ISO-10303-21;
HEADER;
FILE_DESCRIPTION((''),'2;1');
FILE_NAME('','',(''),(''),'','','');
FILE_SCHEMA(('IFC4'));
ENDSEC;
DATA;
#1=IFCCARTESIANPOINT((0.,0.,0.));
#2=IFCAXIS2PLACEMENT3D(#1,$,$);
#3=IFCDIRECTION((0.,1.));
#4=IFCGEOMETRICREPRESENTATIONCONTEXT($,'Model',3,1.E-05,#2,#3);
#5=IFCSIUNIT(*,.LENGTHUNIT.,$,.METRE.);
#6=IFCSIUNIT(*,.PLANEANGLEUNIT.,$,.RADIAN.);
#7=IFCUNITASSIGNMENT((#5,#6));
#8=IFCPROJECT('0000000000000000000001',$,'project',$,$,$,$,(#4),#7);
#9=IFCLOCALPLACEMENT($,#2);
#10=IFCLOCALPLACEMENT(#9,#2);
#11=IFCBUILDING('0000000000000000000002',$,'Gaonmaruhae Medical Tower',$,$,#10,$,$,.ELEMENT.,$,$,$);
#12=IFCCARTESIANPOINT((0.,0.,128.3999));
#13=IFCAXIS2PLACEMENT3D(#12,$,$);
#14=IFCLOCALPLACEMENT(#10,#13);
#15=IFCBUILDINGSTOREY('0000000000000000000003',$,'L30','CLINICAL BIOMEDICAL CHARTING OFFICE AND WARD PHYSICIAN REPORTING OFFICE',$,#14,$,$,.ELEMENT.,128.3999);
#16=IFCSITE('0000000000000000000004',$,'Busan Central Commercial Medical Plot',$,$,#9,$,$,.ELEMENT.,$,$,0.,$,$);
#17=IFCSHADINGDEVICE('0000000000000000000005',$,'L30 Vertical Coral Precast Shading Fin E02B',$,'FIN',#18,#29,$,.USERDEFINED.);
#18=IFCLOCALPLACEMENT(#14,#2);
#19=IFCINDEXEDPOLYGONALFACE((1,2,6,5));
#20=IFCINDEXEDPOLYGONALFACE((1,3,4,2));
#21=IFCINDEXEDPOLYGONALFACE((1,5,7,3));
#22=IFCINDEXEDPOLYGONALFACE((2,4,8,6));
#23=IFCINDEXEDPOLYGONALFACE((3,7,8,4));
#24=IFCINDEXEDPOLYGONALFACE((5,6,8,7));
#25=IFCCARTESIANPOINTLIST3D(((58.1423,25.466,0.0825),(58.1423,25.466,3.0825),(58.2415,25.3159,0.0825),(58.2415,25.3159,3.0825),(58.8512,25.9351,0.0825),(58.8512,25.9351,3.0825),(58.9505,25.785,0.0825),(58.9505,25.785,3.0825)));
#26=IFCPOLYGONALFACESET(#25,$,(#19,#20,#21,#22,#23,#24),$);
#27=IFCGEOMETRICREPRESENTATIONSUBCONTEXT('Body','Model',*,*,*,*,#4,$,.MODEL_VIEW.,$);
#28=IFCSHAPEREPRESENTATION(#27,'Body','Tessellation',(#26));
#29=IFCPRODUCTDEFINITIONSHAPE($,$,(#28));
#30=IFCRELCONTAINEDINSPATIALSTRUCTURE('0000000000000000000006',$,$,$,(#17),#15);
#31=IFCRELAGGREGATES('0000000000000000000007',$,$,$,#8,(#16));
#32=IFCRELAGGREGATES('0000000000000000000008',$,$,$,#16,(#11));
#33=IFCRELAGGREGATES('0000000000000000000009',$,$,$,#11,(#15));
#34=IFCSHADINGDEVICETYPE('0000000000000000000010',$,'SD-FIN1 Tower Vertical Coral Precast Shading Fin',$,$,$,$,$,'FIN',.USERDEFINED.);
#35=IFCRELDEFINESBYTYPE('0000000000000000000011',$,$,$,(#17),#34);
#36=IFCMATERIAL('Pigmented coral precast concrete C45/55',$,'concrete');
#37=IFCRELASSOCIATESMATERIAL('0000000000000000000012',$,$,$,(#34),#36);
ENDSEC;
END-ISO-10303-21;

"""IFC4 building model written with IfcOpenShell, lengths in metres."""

from ifc_helpers import new_model, si_unit, direction, frame, origin, origin_2d, place, context, subcontext, project, spatial, rectangle, extrude, material, type_object, element, save


model = new_model("IFC4")

# Units and contexts
model_context = context("Model", 3, precision=1e-05, world=origin(), true_north=direction((0.0, 1.0)))
body_context = subcontext(model_context, "Body", "Model", "MODEL_VIEW")
ifc_project = project(units=[si_unit("LENGTHUNIT", "METRE"), si_unit("PLANEANGLEUNIT", "RADIAN")], contexts=[model_context])

# Site, building, storey
site_placement = place(None, origin())
site = spatial("IfcSite", under=ifc_project, at=site_placement, Name="Busan Central Commercial Medical Plot", CompositionType="ELEMENT", RefElevation=0.0)
building_placement = place(site_placement, origin())
building = spatial("IfcBuilding", under=site, at=building_placement, Name="Gaonmaruhae Medical Tower", CompositionType="ELEMENT")
storey_placement = place(building_placement, frame((0.0, 0.0, 128.3999)))
storey = spatial("IfcBuildingStorey", under=building, at=storey_placement, Name="L30", Description="CLINICAL BIOMEDICAL CHARTING OFFICE AND WARD PHYSICIAN REPORTING OFFICE", CompositionType="ELEMENT", Elevation=128.3999)

# Shading device
ifc_material_1 = material(Name="Pigmented coral precast concrete C45/55", Category="concrete")
shading_device_type = type_object("IfcShadingDeviceType", Name="SD-FIN1 Tower Vertical Coral Precast Shading Fin", ElementType="FIN", PredefinedType="USERDEFINED", material=ifc_material_1)
for number, where, z_axis, x_axis, name in (
    (1, (58.5464, 25.6255, 0.0825), (0.0, 0.0, 1.0), (0.551791, -0.833982, 0.0), "L30 Vertical Coral Precast Shading Fin E02B"),
):
    element("IfcShadingDevice", number, at=place(storey_placement, frame(where, z_axis=z_axis, x_axis=x_axis)), inside=storey, type_object=shading_device_type, Name=name, ObjectType="FIN", PredefinedType="USERDEFINED", context=body_context, shape_type="SweptSolid", body=[
        extrude(rectangle(XDim=0.1799, YDim=0.8501, at=origin_2d()), origin(), (0.0, 0.0, 1.0), 3.0),
    ])

save(model, "model.ifc")
